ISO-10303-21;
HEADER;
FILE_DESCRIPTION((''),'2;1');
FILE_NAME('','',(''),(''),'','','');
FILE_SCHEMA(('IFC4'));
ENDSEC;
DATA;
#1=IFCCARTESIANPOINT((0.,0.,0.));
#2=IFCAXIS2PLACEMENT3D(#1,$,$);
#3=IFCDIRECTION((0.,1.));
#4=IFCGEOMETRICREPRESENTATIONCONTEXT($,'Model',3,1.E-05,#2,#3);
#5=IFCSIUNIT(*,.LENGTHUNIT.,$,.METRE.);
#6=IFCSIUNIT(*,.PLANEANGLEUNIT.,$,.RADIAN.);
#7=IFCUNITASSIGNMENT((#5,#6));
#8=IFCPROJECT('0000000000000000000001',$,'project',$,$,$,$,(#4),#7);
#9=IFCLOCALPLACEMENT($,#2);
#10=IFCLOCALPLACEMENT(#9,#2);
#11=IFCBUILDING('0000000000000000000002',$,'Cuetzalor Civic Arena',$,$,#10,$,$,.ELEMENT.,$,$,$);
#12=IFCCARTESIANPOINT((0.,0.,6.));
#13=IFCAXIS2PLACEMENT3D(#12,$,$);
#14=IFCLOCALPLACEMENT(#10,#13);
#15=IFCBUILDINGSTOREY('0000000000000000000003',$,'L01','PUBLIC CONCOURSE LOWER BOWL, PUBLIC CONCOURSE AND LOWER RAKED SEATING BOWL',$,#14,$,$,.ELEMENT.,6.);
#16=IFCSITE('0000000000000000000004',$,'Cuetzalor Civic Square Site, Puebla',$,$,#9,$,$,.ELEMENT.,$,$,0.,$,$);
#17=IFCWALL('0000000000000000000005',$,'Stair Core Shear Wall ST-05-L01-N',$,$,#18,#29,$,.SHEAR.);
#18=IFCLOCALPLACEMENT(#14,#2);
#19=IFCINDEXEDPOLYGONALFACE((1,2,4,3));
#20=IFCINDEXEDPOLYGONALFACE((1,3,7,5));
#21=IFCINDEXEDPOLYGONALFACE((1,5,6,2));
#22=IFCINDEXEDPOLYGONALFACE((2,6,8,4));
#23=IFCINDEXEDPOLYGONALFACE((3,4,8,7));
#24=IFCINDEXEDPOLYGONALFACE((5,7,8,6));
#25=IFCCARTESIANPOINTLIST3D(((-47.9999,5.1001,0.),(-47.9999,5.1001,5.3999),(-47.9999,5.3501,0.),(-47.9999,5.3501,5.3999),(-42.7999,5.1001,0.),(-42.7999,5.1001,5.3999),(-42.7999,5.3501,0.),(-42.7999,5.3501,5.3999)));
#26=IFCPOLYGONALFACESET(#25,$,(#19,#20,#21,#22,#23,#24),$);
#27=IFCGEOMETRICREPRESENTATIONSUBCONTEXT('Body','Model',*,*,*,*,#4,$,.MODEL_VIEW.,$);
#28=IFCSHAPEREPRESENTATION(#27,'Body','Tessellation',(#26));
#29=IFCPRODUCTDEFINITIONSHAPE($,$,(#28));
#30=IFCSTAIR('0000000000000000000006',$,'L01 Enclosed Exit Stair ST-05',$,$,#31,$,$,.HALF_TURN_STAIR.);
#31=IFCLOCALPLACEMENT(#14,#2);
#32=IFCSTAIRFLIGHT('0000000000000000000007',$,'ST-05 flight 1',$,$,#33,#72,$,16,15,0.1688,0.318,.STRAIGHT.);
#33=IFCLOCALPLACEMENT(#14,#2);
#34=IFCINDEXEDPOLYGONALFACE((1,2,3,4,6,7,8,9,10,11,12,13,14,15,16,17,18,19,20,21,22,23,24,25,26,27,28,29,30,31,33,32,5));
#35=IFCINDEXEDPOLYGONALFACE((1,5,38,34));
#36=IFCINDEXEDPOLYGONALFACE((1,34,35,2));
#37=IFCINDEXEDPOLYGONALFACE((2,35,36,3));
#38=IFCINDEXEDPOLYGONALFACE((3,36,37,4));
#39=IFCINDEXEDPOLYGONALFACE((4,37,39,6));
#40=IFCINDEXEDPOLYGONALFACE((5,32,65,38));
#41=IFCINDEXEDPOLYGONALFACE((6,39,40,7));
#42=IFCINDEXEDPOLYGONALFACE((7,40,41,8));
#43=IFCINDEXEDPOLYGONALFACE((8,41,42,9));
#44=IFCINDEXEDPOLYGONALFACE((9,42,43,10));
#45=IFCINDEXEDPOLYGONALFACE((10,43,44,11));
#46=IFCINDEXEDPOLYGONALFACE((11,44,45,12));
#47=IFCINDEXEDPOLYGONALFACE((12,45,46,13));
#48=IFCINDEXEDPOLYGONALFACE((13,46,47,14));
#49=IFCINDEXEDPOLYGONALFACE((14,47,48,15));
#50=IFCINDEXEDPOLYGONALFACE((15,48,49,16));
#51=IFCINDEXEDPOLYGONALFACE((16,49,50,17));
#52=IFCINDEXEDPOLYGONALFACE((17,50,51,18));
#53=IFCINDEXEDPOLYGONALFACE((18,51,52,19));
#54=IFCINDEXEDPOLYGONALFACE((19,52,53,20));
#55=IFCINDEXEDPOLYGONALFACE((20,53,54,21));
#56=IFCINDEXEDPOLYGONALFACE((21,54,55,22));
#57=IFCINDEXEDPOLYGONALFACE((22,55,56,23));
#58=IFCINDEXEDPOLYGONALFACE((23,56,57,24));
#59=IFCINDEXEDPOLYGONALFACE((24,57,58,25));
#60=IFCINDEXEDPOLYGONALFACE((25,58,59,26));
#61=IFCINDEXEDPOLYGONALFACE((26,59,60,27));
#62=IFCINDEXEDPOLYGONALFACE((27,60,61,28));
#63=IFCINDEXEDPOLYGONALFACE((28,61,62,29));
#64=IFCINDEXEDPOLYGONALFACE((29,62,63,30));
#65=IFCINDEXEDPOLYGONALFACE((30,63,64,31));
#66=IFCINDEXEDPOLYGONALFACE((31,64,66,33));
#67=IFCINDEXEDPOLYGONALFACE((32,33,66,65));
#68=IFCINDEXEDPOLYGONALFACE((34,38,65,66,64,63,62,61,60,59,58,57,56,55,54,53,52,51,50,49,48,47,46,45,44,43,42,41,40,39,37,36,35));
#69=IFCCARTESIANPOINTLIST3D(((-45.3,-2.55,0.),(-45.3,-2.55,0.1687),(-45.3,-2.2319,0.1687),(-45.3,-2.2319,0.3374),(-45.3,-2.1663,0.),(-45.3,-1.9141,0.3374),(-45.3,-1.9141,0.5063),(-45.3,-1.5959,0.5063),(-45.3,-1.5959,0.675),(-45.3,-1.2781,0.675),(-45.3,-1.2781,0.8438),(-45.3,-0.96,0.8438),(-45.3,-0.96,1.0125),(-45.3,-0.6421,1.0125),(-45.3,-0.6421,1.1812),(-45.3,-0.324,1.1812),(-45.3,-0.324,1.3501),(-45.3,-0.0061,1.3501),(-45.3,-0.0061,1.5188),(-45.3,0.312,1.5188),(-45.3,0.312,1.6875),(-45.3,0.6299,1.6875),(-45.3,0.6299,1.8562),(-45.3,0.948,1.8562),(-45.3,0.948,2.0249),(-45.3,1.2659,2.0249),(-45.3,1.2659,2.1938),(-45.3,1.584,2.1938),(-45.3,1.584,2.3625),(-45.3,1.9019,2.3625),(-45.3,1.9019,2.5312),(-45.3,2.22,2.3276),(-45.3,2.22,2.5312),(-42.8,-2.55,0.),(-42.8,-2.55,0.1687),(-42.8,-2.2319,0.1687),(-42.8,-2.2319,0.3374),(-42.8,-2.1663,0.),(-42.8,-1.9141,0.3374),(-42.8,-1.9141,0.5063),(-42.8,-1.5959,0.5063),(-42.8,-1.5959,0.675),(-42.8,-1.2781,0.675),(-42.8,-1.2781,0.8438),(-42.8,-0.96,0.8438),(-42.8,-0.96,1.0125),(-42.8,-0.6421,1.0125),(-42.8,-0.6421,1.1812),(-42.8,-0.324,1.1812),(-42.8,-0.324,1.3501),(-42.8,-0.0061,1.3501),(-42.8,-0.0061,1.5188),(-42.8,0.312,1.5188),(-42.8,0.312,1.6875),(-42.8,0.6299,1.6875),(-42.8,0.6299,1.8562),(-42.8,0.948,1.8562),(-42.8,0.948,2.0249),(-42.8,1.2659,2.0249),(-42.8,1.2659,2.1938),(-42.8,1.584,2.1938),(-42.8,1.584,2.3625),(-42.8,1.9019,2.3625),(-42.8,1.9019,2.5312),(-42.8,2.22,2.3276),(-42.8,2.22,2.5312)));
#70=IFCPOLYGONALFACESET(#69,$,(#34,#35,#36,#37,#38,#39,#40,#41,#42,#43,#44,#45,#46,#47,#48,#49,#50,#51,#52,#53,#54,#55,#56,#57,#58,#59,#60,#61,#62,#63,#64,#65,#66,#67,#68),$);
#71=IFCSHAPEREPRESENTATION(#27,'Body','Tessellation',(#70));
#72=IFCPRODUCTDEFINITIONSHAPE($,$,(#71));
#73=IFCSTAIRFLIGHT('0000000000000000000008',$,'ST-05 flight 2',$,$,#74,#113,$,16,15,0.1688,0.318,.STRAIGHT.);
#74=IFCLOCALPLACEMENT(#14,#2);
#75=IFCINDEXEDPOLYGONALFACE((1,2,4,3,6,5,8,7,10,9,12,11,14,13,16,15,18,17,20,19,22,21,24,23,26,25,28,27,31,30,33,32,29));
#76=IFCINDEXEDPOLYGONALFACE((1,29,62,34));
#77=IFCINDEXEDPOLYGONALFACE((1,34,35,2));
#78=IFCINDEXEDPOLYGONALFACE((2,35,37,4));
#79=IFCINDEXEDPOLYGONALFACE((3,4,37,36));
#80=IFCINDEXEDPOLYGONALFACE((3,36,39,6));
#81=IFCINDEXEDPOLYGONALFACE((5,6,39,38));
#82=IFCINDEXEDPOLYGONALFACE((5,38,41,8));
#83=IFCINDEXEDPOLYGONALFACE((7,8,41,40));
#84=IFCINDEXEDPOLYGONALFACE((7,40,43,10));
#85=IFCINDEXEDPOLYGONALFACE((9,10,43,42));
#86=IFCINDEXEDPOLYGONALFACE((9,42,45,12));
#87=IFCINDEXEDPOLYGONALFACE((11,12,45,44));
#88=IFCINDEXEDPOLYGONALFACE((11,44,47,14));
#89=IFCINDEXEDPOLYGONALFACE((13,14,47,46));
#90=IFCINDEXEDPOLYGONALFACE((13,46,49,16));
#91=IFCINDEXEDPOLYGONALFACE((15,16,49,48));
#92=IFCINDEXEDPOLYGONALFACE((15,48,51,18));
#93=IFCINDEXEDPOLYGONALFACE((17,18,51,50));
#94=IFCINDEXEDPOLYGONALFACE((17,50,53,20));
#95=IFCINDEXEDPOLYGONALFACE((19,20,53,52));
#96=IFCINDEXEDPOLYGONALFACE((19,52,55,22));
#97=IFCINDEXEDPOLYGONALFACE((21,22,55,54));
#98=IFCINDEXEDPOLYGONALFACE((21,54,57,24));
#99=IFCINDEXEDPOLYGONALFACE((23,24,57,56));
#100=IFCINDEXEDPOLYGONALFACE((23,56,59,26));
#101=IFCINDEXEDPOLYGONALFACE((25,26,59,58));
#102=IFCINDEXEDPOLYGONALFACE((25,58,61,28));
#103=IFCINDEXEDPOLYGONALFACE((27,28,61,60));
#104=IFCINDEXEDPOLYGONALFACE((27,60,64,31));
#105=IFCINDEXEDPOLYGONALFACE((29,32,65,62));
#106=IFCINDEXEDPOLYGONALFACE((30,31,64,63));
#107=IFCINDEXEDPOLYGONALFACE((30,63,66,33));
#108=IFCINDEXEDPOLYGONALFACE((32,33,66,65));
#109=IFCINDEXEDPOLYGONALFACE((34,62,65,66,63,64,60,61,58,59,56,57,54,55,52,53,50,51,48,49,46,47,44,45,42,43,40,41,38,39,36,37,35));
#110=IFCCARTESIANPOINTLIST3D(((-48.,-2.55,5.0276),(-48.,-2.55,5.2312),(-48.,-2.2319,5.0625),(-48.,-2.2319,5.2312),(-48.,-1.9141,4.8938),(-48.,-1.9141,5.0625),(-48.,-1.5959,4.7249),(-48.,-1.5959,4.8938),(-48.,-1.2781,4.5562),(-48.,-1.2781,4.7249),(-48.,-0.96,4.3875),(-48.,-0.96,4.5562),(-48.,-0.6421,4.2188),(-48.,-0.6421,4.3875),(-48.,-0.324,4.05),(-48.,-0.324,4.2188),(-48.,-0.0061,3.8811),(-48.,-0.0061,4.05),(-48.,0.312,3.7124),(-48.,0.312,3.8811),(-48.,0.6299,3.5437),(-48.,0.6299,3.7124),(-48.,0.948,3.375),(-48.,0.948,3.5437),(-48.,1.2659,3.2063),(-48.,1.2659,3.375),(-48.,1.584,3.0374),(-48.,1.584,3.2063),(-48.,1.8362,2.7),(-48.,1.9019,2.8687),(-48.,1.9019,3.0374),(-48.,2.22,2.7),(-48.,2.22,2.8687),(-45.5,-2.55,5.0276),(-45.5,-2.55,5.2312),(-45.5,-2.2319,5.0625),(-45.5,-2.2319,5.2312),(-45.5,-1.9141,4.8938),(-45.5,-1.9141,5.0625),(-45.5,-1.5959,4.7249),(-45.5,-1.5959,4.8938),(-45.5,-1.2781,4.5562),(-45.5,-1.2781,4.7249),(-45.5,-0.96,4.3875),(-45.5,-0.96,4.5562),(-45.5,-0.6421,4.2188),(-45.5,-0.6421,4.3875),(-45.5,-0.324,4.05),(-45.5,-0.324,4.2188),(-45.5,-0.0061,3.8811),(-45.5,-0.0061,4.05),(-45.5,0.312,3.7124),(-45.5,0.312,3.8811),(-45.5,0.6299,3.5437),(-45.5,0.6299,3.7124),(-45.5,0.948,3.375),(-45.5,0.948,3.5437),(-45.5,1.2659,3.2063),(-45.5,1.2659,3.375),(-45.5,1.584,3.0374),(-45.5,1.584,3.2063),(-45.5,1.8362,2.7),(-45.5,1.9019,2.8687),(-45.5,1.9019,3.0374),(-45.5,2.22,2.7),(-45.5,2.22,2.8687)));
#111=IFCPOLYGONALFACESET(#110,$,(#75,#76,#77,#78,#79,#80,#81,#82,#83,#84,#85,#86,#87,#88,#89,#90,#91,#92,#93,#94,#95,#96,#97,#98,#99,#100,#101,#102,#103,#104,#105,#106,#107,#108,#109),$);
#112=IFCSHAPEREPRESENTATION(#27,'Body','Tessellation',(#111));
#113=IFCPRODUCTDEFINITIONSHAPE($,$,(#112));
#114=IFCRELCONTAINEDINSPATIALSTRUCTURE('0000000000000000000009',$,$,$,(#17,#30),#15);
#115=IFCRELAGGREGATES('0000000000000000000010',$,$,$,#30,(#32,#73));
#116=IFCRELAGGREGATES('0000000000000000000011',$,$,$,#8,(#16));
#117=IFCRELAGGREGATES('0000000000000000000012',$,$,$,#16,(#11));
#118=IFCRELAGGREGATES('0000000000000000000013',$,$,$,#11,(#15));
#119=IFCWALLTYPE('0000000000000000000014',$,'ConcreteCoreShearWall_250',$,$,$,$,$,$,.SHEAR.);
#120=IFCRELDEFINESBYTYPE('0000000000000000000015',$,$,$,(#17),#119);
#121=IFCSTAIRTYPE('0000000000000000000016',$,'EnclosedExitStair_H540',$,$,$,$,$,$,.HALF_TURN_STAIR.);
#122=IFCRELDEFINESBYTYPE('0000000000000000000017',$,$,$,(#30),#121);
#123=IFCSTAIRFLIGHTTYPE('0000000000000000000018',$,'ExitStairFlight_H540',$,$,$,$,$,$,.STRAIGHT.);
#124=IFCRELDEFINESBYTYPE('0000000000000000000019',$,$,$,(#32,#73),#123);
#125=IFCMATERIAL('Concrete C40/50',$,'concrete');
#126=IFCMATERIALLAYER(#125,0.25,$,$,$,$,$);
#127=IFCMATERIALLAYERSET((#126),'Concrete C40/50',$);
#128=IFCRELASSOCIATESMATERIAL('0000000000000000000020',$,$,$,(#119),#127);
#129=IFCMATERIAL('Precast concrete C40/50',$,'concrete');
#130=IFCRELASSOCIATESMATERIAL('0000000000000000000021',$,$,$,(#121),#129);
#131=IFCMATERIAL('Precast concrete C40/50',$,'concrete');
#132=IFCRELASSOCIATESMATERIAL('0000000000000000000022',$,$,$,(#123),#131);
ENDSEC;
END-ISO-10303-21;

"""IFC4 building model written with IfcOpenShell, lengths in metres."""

from ifc_helpers import new_model, si_unit, direction, frame, frame_2d, origin, place, context, subcontext, project, spatial, polyline, rectangle, outline, extrude, material, layer, layer_set, type_object, element, aggregate, save


model = new_model("IFC4")

# Units and contexts
model_context = context("Model", 3, precision=1e-05, world=origin(), true_north=direction((0.0, 1.0)))
body_context = subcontext(model_context, "Body", "Model", "MODEL_VIEW")
ifc_project = project(units=[si_unit("LENGTHUNIT", "METRE"), si_unit("PLANEANGLEUNIT", "RADIAN")], contexts=[model_context])

# Site, building, storey
site_placement = place(None, origin())
site = spatial("IfcSite", under=ifc_project, at=site_placement, Name="Cuetzalor Civic Square Site, Puebla", CompositionType="ELEMENT", RefElevation=0.0)
building_placement = place(site_placement, origin())
building = spatial("IfcBuilding", under=site, at=building_placement, Name="Cuetzalor Civic Arena", CompositionType="ELEMENT")
storey_placement = place(building_placement, frame((0.0, 0.0, 6.0)))
storey = spatial("IfcBuildingStorey", under=building, at=storey_placement, Name="L01", Description="PUBLIC CONCOURSE LOWER BOWL, PUBLIC CONCOURSE AND LOWER RAKED SEATING BOWL", CompositionType="ELEMENT", Elevation=6.0)

# Wall
ifc_material_1 = material(Name="Concrete C40/50", Category="concrete")
ifc_layer_1 = layer(ifc_material_1, 0.25)
ifc_layer_set_1 = layer_set([ifc_layer_1], Name="Concrete C40/50")
wall_type = type_object("IfcWallType", Name="ConcreteCoreShearWall_250", PredefinedType="SHEAR", material=ifc_layer_set_1)
wall_1_placement = place(storey_placement, frame((-48.0, 5.2251, 0.0), z_axis=(0.0, 0.0, 1.0), x_axis=(1.0, 0.0, 0.0)))
element("IfcWall", 1, at=wall_1_placement, inside=storey, type_object=wall_type, Name="Stair Core Shear Wall ST-05-L01-N", PredefinedType="SHEAR", context=body_context, shape_type="SweptSolid", body=[
    extrude(rectangle(XDim=5.2, YDim=0.25, at=frame_2d((2.6001, 0.0))), origin(), (0.0, 0.0, 1.0), 5.3999),
])

# Stair, stair flights
ifc_material_2 = material(Name="Precast concrete C40/50", Category="concrete")
stair_type = type_object("IfcStairType", Name="EnclosedExitStair_H540", PredefinedType="HALF_TURN_STAIR", material=ifc_material_2)
stair_placement = place(storey_placement, origin())
stair = element("IfcStair", 2, at=stair_placement, inside=storey, type_object=stair_type, Name="L01 Enclosed Exit Stair ST-05", PredefinedType="HALF_TURN_STAIR")
ifc_material_3 = material(Name="Precast concrete C40/50", Category="concrete")
stair_flight_type = type_object("IfcStairFlightType", Name="ExitStairFlight_H540", PredefinedType="STRAIGHT", material=ifc_material_3)
stair_flight_1_placement = place(storey_placement, frame((-44.05, -2.55, 0.0), z_axis=(0.0, 0.0, 1.0), x_axis=(0.0, 1.0, 0.0)))
stair_flight_1 = element("IfcStairFlight", 3, at=stair_flight_1_placement, type_object=stair_flight_type, Name="ST-05 flight 1", NumberOfRisers=16, NumberOfTreads=15, PredefinedType="STRAIGHT", RiserHeight=0.1688, TreadLength=0.318, context=body_context, shape_type="SweptSolid", body=[
    extrude(outline(polyline([(0.0, 0.0), (0.0, 0.1687), (0.3181, 0.1687), (0.3181, 0.3374), (0.636, 0.3374), (0.636, 0.5063), (0.9541, 0.5063), (0.9541, 0.675), (1.272, 0.675), (1.272, 0.8438), (1.5901, 0.8438), (1.5901, 1.0125), (1.908, 1.0125), (1.908, 1.1812), (2.2261, 1.1812), (2.2261, 1.3501), (2.5439, 1.3501), (2.5439, 1.5188), (2.8621, 1.5188), (2.8621, 1.6875), (3.1799, 1.6875), (3.1799, 1.8562), (3.498, 1.8562), (3.498, 2.0249), (3.8159, 2.0249), (3.8159, 2.1938), (4.134, 2.1938), (4.134, 2.3625), (4.4519, 2.3625), (4.4519, 2.5312), (4.77, 2.5312), (4.77, 2.7), (4.77, 2.3276), (0.3838, 0.0), (0.0, 0.0)])), frame((0.0, 1.25, 0.0), z_axis=(0.0, -1.0, 0.0), x_axis=(1.0, 0.0, 0.0)), (0.0, 0.0, 1.0), 2.5),
])
stair_flight_2_placement = place(storey_placement, frame((-46.75, 2.22, 2.7), z_axis=(0.0, 0.0, 1.0), x_axis=(0.0, -1.0, 0.0)))
stair_flight_2 = element("IfcStairFlight", 4, at=stair_flight_2_placement, type_object=stair_flight_type, Name="ST-05 flight 2", NumberOfRisers=16, NumberOfTreads=15, PredefinedType="STRAIGHT", RiserHeight=0.1688, TreadLength=0.318, context=body_context, shape_type="SweptSolid", body=[
    extrude(outline(polyline([(0.0, 0.0), (0.0, 0.1687), (0.3181, 0.1687), (0.3181, 0.3374), (0.636, 0.3374), (0.636, 0.5063), (0.9541, 0.5063), (0.9541, 0.675), (1.272, 0.675), (1.272, 0.8438), (1.5901, 0.8438), (1.5901, 1.0125), (1.908, 1.0125), (1.908, 1.1812), (2.2261, 1.1812), (2.2261, 1.3501), (2.5439, 1.3501), (2.5439, 1.5188), (2.8621, 1.5188), (2.8621, 1.6875), (3.1799, 1.6875), (3.1799, 1.8562), (3.498, 1.8562), (3.498, 2.0249), (3.8159, 2.0249), (3.8159, 2.1938), (4.134, 2.1938), (4.134, 2.3625), (4.4519, 2.3625), (4.4519, 2.5312), (4.77, 2.5312), (4.77, 2.7), (4.77, 2.3276), (0.3838, 0.0), (0.0, 0.0)])), frame((0.0, 1.25, 0.0), z_axis=(0.0, -1.0, 0.0), x_axis=(1.0, 0.0, 0.0)), (0.0, 0.0, 1.0), 2.5),
])
aggregate(stair, [stair_flight_1, stair_flight_2])

save(model, "model.ifc")
